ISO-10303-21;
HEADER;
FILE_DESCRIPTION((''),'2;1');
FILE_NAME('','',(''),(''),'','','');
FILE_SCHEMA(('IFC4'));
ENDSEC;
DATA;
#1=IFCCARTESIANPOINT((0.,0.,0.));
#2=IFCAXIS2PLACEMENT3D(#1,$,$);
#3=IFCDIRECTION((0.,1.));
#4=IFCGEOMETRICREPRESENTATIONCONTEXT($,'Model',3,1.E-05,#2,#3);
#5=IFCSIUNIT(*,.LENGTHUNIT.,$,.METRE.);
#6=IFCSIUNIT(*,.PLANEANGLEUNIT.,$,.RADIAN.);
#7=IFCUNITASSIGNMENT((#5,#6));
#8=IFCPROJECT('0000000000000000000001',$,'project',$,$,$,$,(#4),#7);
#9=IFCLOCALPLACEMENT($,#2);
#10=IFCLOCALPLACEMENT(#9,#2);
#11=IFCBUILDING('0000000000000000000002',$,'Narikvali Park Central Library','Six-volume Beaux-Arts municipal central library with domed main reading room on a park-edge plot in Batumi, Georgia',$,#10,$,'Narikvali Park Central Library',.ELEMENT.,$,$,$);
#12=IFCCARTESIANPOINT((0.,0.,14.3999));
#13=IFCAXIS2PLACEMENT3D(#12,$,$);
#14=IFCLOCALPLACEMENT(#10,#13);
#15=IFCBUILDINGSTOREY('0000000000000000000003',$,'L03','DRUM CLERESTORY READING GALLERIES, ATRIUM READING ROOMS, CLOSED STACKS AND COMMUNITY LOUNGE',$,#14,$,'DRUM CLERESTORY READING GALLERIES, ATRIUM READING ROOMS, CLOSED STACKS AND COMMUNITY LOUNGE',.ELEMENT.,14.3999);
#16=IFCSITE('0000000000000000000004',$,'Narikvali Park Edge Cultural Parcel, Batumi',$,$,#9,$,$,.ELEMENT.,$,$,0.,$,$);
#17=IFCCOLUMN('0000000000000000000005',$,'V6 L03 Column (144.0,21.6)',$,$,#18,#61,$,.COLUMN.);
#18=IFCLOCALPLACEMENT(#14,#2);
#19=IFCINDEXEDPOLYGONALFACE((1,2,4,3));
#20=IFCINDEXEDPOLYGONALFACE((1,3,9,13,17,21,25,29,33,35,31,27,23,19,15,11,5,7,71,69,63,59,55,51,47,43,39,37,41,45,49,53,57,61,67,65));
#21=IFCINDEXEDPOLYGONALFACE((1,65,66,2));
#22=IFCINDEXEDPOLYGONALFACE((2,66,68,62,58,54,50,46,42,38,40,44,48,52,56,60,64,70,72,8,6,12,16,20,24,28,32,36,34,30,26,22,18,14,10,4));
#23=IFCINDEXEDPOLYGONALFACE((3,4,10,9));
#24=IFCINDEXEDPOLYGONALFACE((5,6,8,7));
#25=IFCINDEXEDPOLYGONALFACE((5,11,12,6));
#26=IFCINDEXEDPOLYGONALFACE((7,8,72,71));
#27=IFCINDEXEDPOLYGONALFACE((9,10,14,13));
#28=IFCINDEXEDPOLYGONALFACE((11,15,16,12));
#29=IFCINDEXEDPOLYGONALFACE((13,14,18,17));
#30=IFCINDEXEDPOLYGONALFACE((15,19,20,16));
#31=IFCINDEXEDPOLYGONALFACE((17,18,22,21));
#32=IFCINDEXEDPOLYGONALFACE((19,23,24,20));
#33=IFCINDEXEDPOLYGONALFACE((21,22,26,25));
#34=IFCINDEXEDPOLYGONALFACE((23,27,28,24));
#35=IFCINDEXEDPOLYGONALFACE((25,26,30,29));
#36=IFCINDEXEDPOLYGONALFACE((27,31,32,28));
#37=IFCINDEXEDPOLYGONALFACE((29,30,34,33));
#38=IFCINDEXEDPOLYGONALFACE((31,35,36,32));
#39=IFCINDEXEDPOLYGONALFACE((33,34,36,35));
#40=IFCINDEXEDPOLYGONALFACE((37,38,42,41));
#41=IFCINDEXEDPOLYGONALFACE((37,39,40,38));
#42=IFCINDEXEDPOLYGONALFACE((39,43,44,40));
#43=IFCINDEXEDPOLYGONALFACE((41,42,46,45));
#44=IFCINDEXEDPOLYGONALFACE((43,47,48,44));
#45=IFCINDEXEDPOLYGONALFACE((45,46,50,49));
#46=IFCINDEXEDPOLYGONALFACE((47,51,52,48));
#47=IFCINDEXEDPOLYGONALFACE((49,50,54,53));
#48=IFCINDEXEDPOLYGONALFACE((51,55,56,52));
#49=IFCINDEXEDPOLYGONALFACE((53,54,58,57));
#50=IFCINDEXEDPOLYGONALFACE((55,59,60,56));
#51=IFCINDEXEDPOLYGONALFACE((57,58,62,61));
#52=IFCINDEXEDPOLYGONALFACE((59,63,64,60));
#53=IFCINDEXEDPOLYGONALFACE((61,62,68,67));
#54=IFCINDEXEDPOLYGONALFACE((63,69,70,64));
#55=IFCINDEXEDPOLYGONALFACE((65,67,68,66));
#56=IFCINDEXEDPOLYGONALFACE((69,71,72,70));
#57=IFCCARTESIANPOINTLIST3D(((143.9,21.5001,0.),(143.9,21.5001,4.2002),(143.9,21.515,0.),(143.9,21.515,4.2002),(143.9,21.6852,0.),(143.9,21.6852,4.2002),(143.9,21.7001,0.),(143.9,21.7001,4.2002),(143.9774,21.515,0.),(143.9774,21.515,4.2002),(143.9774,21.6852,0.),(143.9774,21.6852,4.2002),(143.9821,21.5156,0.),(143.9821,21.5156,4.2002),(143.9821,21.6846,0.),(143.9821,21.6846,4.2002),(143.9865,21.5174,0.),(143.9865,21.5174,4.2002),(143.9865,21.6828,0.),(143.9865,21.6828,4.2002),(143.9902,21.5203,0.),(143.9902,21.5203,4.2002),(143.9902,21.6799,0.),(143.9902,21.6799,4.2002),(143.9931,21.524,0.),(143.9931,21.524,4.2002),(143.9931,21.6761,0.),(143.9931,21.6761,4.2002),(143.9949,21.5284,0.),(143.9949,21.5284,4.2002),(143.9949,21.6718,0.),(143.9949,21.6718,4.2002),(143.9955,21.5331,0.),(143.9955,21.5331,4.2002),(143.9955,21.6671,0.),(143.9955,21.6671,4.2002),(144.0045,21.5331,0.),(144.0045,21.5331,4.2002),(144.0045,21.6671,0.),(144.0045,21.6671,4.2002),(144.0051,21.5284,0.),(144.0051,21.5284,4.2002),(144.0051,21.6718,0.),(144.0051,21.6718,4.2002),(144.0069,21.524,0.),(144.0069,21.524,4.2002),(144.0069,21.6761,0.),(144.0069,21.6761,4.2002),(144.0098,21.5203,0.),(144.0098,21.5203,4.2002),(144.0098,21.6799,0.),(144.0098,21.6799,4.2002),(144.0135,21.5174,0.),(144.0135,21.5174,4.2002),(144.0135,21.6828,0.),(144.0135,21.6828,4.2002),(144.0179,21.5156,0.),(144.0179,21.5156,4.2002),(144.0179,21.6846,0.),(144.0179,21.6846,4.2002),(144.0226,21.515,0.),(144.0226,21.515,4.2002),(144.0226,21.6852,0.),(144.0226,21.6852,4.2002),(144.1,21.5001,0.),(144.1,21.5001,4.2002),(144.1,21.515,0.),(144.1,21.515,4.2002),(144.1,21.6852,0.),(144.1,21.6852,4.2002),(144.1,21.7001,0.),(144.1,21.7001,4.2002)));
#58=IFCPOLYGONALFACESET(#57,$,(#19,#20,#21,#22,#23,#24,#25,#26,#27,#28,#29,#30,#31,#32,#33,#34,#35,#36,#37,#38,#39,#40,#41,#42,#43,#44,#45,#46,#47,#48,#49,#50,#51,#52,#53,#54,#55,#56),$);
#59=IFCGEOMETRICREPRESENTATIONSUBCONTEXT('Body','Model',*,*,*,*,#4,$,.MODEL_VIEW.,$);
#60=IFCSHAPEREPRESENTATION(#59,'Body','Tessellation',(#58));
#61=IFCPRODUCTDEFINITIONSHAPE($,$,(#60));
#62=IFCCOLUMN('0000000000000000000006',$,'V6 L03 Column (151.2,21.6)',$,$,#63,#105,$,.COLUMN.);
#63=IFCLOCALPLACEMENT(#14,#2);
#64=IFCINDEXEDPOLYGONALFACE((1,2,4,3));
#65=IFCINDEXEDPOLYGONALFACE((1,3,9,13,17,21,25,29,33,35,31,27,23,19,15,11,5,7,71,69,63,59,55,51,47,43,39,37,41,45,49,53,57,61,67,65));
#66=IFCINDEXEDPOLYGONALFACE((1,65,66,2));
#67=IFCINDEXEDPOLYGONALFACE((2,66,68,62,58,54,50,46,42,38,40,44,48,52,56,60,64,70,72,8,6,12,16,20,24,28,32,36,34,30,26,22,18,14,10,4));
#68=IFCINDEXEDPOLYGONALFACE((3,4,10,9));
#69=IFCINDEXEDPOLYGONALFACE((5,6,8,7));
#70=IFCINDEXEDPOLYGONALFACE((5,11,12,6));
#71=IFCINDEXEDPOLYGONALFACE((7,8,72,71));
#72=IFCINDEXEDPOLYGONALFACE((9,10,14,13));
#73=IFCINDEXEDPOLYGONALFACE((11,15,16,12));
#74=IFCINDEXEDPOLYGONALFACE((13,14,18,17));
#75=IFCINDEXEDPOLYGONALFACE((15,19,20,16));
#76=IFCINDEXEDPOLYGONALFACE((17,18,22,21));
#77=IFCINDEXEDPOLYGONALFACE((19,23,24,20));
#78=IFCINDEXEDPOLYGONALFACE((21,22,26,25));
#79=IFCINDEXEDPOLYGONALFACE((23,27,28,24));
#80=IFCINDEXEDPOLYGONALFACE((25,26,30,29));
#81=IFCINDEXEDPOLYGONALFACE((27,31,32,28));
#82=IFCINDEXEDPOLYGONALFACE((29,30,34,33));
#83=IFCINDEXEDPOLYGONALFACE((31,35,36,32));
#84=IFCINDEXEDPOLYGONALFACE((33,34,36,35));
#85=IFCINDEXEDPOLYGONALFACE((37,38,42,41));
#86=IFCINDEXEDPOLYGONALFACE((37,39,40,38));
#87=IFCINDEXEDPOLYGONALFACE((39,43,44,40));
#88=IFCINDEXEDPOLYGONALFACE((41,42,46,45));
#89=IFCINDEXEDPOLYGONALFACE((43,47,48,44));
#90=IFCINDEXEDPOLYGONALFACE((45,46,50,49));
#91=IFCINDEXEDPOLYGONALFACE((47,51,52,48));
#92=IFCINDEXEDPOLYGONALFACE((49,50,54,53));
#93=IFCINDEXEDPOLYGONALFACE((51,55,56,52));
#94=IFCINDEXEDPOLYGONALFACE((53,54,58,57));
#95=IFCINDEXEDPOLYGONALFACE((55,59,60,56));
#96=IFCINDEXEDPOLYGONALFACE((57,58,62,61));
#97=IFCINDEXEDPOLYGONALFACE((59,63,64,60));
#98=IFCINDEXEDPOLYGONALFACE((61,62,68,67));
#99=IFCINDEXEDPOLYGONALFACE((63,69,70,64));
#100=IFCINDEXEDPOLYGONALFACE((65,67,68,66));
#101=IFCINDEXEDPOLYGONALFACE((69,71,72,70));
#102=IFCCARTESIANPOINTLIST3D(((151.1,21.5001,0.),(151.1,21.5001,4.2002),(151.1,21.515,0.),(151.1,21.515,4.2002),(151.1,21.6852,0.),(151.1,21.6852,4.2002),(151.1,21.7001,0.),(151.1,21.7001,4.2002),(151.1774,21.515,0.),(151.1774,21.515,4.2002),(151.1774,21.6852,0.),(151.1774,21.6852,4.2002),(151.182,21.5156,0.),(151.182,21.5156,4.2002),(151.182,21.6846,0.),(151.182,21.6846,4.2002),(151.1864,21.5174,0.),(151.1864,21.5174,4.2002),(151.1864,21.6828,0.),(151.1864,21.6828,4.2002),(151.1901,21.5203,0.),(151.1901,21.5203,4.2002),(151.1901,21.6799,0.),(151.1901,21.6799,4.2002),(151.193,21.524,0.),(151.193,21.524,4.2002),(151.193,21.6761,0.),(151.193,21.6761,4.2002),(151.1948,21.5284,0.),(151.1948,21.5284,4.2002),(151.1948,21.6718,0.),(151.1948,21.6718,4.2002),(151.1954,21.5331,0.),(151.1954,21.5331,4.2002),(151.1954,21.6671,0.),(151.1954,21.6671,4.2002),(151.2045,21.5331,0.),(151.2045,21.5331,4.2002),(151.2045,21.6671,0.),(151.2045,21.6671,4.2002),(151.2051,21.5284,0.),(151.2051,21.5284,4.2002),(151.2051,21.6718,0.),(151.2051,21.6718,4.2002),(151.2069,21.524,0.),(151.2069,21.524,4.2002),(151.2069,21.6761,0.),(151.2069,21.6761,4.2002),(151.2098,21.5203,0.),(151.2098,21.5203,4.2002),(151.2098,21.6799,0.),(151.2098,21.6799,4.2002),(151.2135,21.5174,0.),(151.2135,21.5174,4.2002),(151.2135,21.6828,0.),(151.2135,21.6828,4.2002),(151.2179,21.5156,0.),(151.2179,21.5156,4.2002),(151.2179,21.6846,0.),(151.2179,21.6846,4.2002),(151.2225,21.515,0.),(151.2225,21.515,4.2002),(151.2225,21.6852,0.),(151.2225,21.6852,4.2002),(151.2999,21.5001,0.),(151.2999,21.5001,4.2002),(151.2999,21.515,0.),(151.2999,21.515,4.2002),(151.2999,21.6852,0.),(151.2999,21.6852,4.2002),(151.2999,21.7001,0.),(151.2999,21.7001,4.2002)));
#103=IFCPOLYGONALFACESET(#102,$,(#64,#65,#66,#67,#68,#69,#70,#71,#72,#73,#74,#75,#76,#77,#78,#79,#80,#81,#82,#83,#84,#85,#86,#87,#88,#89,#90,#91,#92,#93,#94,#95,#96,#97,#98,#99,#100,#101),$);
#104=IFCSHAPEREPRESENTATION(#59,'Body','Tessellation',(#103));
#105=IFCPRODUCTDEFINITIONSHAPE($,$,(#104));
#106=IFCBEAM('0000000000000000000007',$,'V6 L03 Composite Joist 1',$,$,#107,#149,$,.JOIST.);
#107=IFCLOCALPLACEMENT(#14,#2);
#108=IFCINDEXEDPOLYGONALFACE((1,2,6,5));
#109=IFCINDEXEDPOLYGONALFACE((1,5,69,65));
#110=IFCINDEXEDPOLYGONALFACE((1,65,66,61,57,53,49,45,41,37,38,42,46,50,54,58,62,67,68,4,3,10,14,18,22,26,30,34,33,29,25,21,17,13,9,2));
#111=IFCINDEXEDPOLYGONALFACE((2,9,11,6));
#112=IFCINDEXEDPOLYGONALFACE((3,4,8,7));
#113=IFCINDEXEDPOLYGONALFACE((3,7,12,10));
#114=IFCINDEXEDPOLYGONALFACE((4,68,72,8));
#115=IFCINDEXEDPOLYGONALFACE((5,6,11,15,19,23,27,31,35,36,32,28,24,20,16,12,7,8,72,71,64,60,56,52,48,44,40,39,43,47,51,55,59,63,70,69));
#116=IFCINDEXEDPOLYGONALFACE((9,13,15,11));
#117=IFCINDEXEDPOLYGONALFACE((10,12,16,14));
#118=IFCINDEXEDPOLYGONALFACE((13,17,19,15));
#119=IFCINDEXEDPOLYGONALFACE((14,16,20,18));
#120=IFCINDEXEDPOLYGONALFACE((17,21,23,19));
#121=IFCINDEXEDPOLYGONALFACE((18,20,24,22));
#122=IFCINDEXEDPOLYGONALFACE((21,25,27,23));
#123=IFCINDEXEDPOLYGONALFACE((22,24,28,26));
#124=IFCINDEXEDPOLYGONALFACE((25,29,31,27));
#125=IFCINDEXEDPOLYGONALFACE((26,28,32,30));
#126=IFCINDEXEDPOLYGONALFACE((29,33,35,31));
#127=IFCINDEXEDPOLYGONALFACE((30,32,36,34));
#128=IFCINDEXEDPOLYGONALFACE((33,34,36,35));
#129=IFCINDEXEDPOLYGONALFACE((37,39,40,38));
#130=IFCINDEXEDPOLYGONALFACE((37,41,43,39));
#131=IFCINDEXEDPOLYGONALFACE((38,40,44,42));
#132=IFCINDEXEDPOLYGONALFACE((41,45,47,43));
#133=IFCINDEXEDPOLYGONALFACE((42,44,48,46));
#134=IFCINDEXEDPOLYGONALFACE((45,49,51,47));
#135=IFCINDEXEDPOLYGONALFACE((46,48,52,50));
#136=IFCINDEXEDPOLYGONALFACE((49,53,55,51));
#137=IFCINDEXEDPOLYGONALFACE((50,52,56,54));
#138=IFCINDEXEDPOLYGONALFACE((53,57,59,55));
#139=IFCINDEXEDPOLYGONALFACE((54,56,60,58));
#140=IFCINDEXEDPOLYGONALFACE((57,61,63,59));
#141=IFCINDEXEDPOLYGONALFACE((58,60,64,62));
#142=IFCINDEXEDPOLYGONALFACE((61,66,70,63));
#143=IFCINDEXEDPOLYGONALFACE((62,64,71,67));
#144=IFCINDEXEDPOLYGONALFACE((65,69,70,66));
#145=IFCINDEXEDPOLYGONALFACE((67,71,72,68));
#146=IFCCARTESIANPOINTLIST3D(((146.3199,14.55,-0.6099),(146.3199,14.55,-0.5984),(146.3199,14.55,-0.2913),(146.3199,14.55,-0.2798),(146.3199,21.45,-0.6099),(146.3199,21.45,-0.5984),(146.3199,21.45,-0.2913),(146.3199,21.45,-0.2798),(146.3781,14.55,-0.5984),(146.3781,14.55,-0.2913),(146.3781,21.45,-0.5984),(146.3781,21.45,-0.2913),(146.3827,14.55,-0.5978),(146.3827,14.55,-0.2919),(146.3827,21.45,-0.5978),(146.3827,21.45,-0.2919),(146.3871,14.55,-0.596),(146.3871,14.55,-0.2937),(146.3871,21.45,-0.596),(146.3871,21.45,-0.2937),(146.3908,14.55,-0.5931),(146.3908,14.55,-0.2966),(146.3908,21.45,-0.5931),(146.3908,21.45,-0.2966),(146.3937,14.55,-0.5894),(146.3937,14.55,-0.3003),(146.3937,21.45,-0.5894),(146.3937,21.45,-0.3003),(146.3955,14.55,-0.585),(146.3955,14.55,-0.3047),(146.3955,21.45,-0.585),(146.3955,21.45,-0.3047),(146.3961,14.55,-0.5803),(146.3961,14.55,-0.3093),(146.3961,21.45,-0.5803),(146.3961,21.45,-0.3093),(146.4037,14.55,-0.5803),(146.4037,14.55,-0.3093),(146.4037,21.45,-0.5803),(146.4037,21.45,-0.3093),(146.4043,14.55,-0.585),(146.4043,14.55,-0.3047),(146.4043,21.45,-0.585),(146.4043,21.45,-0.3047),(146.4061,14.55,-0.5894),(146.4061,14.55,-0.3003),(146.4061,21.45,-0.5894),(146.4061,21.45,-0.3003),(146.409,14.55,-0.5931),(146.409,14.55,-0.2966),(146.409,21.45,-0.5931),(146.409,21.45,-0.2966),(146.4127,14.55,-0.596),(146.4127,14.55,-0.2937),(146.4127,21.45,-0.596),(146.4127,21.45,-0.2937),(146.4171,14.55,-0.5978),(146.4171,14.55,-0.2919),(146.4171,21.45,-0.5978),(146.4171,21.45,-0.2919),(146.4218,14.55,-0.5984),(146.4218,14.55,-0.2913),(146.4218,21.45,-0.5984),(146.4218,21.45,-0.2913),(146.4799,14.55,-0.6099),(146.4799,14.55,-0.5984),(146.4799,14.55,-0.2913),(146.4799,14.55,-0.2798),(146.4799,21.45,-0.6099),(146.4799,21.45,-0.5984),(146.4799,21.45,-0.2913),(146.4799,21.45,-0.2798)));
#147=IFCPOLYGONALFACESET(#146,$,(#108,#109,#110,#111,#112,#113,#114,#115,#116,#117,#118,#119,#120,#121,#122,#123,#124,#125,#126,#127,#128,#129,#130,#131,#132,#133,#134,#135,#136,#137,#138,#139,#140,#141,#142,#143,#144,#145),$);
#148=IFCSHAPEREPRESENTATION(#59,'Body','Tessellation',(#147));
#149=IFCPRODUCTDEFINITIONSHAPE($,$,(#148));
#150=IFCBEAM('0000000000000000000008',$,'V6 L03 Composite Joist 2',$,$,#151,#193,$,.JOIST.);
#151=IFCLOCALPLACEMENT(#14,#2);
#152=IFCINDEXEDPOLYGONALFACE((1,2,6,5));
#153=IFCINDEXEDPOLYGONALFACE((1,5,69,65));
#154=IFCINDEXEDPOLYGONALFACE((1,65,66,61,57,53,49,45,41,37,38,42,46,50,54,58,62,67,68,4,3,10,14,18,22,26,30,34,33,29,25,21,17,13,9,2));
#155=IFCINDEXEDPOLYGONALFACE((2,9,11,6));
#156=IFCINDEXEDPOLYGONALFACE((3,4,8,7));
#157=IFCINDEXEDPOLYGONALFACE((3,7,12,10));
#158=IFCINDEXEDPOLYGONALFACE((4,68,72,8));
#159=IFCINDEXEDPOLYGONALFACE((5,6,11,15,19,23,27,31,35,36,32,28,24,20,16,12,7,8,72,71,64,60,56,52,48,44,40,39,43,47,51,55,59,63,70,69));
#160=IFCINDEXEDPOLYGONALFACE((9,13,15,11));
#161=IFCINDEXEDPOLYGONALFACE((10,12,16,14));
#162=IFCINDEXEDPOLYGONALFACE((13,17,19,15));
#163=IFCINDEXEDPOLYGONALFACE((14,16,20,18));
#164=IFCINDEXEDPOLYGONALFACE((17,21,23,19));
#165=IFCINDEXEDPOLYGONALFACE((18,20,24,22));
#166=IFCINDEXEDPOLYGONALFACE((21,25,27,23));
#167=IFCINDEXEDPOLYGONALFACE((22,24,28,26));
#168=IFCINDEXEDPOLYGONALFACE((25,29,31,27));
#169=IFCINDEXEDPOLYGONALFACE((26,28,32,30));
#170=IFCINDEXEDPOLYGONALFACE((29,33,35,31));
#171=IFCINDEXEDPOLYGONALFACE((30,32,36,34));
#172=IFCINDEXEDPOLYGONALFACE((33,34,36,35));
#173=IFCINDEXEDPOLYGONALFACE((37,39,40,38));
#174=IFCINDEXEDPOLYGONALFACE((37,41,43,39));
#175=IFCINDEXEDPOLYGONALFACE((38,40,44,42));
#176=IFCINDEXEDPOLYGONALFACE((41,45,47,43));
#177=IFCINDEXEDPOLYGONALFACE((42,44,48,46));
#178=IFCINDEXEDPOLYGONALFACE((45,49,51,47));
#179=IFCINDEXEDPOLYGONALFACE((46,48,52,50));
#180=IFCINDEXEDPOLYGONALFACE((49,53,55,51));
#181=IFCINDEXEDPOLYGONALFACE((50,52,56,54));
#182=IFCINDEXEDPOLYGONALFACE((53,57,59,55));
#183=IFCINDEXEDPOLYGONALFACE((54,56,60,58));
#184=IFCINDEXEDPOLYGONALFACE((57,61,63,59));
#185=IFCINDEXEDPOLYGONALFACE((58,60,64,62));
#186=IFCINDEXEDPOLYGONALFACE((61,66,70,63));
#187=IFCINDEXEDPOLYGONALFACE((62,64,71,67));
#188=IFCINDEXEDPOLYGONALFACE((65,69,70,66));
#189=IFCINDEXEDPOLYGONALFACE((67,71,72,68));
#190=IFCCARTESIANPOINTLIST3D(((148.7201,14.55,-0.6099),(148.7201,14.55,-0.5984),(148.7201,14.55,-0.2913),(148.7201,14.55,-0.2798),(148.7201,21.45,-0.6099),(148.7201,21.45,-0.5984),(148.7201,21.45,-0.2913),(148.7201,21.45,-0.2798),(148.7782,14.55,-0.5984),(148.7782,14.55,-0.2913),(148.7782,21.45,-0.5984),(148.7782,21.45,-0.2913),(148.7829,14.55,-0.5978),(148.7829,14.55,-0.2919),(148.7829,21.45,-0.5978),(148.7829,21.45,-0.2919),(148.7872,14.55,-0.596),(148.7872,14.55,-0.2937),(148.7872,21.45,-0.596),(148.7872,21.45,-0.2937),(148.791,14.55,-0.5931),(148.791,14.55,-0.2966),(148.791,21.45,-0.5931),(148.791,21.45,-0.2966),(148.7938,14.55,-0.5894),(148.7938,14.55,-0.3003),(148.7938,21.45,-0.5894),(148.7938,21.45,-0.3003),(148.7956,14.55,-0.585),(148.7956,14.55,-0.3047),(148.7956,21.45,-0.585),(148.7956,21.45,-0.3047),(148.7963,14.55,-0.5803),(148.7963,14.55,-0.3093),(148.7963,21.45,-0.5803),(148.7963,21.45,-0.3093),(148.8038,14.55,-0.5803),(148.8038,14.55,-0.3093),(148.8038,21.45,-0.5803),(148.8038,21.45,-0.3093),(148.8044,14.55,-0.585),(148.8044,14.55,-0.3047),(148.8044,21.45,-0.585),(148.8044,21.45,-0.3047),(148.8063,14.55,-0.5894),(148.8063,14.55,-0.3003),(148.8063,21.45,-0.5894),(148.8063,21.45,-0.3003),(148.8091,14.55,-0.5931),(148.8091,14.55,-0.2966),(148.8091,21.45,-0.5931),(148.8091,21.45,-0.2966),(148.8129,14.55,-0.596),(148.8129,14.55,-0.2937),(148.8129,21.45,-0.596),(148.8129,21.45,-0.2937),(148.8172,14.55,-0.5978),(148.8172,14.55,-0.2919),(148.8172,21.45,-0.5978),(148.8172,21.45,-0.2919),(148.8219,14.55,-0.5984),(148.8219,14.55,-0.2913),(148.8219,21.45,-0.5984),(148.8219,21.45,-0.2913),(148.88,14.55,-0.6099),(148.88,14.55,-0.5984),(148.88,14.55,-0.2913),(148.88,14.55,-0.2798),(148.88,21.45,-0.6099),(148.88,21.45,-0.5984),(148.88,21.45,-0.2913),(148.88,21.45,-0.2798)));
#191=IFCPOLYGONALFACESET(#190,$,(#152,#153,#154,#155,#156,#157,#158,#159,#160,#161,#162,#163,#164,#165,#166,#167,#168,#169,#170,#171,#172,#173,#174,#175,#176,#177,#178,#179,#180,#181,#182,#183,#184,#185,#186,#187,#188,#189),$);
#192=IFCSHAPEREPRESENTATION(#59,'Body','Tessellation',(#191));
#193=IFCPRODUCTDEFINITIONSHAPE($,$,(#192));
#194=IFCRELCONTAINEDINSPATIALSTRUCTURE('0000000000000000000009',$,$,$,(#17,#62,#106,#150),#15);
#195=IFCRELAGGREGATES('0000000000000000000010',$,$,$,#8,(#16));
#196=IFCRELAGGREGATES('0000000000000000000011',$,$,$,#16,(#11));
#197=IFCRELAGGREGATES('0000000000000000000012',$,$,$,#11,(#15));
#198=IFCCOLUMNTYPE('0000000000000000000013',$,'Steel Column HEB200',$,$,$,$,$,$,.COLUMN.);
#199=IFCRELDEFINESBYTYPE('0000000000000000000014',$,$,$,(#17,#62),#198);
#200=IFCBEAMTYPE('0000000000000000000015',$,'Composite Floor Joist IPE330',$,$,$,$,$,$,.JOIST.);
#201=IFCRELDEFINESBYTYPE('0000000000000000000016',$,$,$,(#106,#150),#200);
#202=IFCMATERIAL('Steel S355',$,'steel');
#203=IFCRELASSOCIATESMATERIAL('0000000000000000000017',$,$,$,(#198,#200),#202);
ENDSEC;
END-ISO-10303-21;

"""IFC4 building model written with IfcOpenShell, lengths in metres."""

from ifc_helpers import new_model, si_unit, direction, frame, origin, origin_2d, place, context, subcontext, project, spatial, i_section, extrude, material, material_profile, profile_set, type_object, element, save


model = new_model("IFC4")

# Units and contexts
model_context = context("Model", 3, precision=1e-05, world=origin(), true_north=direction((0.0, 1.0)))
body_context = subcontext(model_context, "Body", "Model", "MODEL_VIEW")
ifc_project = project(units=[si_unit("LENGTHUNIT", "METRE"), si_unit("PLANEANGLEUNIT", "RADIAN")], contexts=[model_context])

# Site, building, storey
site_placement = place(None, origin())
site = spatial("IfcSite", under=ifc_project, at=site_placement, Name="Narikvali Park Edge Cultural Parcel, Batumi", CompositionType="ELEMENT", RefElevation=0.0)
building_placement = place(site_placement, origin())
building = spatial("IfcBuilding", under=site, at=building_placement, Name="Narikvali Park Central Library", Description="Six-volume Beaux-Arts municipal central library with domed main reading room on a park-edge plot in Batumi, Georgia", LongName="Narikvali Park Central Library", CompositionType="ELEMENT")
storey_placement = place(building_placement, frame((0.0, 0.0, 14.3999)))
storey = spatial("IfcBuildingStorey", under=building, at=storey_placement, Name="L03", Description="DRUM CLERESTORY READING GALLERIES, ATRIUM READING ROOMS, CLOSED STACKS AND COMMUNITY LOUNGE", LongName="DRUM CLERESTORY READING GALLERIES, ATRIUM READING ROOMS, CLOSED STACKS AND COMMUNITY LOUNGE", CompositionType="ELEMENT", Elevation=14.3999)

# Columns
ifc_material_1 = material(Name="Steel S355", Category="steel")
ifc_material_profile_1 = material_profile(ifc_material_1, i_section(OverallWidth=0.2, OverallDepth=0.2, WebThickness=0.009, FlangeThickness=0.0149, FilletRadius=0.0181, at=origin_2d()), Name="HEB 200")
ifc_profile_set_1 = profile_set([ifc_material_profile_1], Name="Steel S355")
column_type = type_object("IfcColumnType", Name="Steel Column HEB200", PredefinedType="COLUMN", material=ifc_profile_set_1)
for number, where, z_axis, x_axis, name in (
    (1, (144.0, 21.6001, 0.0), (0.0, 0.0, 1.0), (1.0, 0.0, 0.0), "V6 L03 Column (144.0,21.6)"),
    (2, (151.2, 21.6001, 0.0), (0.0, 0.0, 1.0), (1.0, 0.0, 0.0), "V6 L03 Column (151.2,21.6)"),
):
    element("IfcColumn", number, at=place(storey_placement, frame(where, z_axis=z_axis, x_axis=x_axis)), inside=storey, type_object=column_type, Name=name, PredefinedType="COLUMN", context=body_context, shape_type="SweptSolid", body=[
        extrude(i_section(OverallWidth=0.2, OverallDepth=0.2, WebThickness=0.009, FlangeThickness=0.0149, FilletRadius=0.0181, at=origin_2d()), origin(), (0.0, 0.0, 1.0), 4.2002),
    ])

# Beams
ifc_material_profile_2 = material_profile(ifc_material_1, i_section(OverallWidth=0.1599, OverallDepth=0.3301, WebThickness=0.0076, FlangeThickness=0.0115, FilletRadius=0.0181, at=origin_2d()), Name="IPE 330")
ifc_profile_set_2 = profile_set([ifc_material_profile_2], Name="Steel S355")
beam_type_1 = type_object("IfcBeamType", Name="Composite Floor Joist IPE330", PredefinedType="JOIST", material=ifc_profile_set_2)
for number, where, z_axis, x_axis, name in (
    (3, (146.3999, 14.55, -0.4448), (0.0, 1.0, 0.0), (-1.0, 0.0, 0.0), "V6 L03 Composite Joist 1"),
    (4, (148.8, 14.55, -0.4448), (0.0, 1.0, 0.0), (-1.0, 0.0, 0.0), "V6 L03 Composite Joist 2"),
):
    element("IfcBeam", number, at=place(storey_placement, frame(where, z_axis=z_axis, x_axis=x_axis)), inside=storey, type_object=beam_type_1, Name=name, PredefinedType="JOIST", context=body_context, shape_type="SweptSolid", body=[
        extrude(i_section(OverallWidth=0.1599, OverallDepth=0.3301, WebThickness=0.0076, FlangeThickness=0.0115, FilletRadius=0.0181, at=origin_2d()), origin(), (0.0, 0.0, 1.0), 6.8999),
    ])

save(model, "model.ifc")
